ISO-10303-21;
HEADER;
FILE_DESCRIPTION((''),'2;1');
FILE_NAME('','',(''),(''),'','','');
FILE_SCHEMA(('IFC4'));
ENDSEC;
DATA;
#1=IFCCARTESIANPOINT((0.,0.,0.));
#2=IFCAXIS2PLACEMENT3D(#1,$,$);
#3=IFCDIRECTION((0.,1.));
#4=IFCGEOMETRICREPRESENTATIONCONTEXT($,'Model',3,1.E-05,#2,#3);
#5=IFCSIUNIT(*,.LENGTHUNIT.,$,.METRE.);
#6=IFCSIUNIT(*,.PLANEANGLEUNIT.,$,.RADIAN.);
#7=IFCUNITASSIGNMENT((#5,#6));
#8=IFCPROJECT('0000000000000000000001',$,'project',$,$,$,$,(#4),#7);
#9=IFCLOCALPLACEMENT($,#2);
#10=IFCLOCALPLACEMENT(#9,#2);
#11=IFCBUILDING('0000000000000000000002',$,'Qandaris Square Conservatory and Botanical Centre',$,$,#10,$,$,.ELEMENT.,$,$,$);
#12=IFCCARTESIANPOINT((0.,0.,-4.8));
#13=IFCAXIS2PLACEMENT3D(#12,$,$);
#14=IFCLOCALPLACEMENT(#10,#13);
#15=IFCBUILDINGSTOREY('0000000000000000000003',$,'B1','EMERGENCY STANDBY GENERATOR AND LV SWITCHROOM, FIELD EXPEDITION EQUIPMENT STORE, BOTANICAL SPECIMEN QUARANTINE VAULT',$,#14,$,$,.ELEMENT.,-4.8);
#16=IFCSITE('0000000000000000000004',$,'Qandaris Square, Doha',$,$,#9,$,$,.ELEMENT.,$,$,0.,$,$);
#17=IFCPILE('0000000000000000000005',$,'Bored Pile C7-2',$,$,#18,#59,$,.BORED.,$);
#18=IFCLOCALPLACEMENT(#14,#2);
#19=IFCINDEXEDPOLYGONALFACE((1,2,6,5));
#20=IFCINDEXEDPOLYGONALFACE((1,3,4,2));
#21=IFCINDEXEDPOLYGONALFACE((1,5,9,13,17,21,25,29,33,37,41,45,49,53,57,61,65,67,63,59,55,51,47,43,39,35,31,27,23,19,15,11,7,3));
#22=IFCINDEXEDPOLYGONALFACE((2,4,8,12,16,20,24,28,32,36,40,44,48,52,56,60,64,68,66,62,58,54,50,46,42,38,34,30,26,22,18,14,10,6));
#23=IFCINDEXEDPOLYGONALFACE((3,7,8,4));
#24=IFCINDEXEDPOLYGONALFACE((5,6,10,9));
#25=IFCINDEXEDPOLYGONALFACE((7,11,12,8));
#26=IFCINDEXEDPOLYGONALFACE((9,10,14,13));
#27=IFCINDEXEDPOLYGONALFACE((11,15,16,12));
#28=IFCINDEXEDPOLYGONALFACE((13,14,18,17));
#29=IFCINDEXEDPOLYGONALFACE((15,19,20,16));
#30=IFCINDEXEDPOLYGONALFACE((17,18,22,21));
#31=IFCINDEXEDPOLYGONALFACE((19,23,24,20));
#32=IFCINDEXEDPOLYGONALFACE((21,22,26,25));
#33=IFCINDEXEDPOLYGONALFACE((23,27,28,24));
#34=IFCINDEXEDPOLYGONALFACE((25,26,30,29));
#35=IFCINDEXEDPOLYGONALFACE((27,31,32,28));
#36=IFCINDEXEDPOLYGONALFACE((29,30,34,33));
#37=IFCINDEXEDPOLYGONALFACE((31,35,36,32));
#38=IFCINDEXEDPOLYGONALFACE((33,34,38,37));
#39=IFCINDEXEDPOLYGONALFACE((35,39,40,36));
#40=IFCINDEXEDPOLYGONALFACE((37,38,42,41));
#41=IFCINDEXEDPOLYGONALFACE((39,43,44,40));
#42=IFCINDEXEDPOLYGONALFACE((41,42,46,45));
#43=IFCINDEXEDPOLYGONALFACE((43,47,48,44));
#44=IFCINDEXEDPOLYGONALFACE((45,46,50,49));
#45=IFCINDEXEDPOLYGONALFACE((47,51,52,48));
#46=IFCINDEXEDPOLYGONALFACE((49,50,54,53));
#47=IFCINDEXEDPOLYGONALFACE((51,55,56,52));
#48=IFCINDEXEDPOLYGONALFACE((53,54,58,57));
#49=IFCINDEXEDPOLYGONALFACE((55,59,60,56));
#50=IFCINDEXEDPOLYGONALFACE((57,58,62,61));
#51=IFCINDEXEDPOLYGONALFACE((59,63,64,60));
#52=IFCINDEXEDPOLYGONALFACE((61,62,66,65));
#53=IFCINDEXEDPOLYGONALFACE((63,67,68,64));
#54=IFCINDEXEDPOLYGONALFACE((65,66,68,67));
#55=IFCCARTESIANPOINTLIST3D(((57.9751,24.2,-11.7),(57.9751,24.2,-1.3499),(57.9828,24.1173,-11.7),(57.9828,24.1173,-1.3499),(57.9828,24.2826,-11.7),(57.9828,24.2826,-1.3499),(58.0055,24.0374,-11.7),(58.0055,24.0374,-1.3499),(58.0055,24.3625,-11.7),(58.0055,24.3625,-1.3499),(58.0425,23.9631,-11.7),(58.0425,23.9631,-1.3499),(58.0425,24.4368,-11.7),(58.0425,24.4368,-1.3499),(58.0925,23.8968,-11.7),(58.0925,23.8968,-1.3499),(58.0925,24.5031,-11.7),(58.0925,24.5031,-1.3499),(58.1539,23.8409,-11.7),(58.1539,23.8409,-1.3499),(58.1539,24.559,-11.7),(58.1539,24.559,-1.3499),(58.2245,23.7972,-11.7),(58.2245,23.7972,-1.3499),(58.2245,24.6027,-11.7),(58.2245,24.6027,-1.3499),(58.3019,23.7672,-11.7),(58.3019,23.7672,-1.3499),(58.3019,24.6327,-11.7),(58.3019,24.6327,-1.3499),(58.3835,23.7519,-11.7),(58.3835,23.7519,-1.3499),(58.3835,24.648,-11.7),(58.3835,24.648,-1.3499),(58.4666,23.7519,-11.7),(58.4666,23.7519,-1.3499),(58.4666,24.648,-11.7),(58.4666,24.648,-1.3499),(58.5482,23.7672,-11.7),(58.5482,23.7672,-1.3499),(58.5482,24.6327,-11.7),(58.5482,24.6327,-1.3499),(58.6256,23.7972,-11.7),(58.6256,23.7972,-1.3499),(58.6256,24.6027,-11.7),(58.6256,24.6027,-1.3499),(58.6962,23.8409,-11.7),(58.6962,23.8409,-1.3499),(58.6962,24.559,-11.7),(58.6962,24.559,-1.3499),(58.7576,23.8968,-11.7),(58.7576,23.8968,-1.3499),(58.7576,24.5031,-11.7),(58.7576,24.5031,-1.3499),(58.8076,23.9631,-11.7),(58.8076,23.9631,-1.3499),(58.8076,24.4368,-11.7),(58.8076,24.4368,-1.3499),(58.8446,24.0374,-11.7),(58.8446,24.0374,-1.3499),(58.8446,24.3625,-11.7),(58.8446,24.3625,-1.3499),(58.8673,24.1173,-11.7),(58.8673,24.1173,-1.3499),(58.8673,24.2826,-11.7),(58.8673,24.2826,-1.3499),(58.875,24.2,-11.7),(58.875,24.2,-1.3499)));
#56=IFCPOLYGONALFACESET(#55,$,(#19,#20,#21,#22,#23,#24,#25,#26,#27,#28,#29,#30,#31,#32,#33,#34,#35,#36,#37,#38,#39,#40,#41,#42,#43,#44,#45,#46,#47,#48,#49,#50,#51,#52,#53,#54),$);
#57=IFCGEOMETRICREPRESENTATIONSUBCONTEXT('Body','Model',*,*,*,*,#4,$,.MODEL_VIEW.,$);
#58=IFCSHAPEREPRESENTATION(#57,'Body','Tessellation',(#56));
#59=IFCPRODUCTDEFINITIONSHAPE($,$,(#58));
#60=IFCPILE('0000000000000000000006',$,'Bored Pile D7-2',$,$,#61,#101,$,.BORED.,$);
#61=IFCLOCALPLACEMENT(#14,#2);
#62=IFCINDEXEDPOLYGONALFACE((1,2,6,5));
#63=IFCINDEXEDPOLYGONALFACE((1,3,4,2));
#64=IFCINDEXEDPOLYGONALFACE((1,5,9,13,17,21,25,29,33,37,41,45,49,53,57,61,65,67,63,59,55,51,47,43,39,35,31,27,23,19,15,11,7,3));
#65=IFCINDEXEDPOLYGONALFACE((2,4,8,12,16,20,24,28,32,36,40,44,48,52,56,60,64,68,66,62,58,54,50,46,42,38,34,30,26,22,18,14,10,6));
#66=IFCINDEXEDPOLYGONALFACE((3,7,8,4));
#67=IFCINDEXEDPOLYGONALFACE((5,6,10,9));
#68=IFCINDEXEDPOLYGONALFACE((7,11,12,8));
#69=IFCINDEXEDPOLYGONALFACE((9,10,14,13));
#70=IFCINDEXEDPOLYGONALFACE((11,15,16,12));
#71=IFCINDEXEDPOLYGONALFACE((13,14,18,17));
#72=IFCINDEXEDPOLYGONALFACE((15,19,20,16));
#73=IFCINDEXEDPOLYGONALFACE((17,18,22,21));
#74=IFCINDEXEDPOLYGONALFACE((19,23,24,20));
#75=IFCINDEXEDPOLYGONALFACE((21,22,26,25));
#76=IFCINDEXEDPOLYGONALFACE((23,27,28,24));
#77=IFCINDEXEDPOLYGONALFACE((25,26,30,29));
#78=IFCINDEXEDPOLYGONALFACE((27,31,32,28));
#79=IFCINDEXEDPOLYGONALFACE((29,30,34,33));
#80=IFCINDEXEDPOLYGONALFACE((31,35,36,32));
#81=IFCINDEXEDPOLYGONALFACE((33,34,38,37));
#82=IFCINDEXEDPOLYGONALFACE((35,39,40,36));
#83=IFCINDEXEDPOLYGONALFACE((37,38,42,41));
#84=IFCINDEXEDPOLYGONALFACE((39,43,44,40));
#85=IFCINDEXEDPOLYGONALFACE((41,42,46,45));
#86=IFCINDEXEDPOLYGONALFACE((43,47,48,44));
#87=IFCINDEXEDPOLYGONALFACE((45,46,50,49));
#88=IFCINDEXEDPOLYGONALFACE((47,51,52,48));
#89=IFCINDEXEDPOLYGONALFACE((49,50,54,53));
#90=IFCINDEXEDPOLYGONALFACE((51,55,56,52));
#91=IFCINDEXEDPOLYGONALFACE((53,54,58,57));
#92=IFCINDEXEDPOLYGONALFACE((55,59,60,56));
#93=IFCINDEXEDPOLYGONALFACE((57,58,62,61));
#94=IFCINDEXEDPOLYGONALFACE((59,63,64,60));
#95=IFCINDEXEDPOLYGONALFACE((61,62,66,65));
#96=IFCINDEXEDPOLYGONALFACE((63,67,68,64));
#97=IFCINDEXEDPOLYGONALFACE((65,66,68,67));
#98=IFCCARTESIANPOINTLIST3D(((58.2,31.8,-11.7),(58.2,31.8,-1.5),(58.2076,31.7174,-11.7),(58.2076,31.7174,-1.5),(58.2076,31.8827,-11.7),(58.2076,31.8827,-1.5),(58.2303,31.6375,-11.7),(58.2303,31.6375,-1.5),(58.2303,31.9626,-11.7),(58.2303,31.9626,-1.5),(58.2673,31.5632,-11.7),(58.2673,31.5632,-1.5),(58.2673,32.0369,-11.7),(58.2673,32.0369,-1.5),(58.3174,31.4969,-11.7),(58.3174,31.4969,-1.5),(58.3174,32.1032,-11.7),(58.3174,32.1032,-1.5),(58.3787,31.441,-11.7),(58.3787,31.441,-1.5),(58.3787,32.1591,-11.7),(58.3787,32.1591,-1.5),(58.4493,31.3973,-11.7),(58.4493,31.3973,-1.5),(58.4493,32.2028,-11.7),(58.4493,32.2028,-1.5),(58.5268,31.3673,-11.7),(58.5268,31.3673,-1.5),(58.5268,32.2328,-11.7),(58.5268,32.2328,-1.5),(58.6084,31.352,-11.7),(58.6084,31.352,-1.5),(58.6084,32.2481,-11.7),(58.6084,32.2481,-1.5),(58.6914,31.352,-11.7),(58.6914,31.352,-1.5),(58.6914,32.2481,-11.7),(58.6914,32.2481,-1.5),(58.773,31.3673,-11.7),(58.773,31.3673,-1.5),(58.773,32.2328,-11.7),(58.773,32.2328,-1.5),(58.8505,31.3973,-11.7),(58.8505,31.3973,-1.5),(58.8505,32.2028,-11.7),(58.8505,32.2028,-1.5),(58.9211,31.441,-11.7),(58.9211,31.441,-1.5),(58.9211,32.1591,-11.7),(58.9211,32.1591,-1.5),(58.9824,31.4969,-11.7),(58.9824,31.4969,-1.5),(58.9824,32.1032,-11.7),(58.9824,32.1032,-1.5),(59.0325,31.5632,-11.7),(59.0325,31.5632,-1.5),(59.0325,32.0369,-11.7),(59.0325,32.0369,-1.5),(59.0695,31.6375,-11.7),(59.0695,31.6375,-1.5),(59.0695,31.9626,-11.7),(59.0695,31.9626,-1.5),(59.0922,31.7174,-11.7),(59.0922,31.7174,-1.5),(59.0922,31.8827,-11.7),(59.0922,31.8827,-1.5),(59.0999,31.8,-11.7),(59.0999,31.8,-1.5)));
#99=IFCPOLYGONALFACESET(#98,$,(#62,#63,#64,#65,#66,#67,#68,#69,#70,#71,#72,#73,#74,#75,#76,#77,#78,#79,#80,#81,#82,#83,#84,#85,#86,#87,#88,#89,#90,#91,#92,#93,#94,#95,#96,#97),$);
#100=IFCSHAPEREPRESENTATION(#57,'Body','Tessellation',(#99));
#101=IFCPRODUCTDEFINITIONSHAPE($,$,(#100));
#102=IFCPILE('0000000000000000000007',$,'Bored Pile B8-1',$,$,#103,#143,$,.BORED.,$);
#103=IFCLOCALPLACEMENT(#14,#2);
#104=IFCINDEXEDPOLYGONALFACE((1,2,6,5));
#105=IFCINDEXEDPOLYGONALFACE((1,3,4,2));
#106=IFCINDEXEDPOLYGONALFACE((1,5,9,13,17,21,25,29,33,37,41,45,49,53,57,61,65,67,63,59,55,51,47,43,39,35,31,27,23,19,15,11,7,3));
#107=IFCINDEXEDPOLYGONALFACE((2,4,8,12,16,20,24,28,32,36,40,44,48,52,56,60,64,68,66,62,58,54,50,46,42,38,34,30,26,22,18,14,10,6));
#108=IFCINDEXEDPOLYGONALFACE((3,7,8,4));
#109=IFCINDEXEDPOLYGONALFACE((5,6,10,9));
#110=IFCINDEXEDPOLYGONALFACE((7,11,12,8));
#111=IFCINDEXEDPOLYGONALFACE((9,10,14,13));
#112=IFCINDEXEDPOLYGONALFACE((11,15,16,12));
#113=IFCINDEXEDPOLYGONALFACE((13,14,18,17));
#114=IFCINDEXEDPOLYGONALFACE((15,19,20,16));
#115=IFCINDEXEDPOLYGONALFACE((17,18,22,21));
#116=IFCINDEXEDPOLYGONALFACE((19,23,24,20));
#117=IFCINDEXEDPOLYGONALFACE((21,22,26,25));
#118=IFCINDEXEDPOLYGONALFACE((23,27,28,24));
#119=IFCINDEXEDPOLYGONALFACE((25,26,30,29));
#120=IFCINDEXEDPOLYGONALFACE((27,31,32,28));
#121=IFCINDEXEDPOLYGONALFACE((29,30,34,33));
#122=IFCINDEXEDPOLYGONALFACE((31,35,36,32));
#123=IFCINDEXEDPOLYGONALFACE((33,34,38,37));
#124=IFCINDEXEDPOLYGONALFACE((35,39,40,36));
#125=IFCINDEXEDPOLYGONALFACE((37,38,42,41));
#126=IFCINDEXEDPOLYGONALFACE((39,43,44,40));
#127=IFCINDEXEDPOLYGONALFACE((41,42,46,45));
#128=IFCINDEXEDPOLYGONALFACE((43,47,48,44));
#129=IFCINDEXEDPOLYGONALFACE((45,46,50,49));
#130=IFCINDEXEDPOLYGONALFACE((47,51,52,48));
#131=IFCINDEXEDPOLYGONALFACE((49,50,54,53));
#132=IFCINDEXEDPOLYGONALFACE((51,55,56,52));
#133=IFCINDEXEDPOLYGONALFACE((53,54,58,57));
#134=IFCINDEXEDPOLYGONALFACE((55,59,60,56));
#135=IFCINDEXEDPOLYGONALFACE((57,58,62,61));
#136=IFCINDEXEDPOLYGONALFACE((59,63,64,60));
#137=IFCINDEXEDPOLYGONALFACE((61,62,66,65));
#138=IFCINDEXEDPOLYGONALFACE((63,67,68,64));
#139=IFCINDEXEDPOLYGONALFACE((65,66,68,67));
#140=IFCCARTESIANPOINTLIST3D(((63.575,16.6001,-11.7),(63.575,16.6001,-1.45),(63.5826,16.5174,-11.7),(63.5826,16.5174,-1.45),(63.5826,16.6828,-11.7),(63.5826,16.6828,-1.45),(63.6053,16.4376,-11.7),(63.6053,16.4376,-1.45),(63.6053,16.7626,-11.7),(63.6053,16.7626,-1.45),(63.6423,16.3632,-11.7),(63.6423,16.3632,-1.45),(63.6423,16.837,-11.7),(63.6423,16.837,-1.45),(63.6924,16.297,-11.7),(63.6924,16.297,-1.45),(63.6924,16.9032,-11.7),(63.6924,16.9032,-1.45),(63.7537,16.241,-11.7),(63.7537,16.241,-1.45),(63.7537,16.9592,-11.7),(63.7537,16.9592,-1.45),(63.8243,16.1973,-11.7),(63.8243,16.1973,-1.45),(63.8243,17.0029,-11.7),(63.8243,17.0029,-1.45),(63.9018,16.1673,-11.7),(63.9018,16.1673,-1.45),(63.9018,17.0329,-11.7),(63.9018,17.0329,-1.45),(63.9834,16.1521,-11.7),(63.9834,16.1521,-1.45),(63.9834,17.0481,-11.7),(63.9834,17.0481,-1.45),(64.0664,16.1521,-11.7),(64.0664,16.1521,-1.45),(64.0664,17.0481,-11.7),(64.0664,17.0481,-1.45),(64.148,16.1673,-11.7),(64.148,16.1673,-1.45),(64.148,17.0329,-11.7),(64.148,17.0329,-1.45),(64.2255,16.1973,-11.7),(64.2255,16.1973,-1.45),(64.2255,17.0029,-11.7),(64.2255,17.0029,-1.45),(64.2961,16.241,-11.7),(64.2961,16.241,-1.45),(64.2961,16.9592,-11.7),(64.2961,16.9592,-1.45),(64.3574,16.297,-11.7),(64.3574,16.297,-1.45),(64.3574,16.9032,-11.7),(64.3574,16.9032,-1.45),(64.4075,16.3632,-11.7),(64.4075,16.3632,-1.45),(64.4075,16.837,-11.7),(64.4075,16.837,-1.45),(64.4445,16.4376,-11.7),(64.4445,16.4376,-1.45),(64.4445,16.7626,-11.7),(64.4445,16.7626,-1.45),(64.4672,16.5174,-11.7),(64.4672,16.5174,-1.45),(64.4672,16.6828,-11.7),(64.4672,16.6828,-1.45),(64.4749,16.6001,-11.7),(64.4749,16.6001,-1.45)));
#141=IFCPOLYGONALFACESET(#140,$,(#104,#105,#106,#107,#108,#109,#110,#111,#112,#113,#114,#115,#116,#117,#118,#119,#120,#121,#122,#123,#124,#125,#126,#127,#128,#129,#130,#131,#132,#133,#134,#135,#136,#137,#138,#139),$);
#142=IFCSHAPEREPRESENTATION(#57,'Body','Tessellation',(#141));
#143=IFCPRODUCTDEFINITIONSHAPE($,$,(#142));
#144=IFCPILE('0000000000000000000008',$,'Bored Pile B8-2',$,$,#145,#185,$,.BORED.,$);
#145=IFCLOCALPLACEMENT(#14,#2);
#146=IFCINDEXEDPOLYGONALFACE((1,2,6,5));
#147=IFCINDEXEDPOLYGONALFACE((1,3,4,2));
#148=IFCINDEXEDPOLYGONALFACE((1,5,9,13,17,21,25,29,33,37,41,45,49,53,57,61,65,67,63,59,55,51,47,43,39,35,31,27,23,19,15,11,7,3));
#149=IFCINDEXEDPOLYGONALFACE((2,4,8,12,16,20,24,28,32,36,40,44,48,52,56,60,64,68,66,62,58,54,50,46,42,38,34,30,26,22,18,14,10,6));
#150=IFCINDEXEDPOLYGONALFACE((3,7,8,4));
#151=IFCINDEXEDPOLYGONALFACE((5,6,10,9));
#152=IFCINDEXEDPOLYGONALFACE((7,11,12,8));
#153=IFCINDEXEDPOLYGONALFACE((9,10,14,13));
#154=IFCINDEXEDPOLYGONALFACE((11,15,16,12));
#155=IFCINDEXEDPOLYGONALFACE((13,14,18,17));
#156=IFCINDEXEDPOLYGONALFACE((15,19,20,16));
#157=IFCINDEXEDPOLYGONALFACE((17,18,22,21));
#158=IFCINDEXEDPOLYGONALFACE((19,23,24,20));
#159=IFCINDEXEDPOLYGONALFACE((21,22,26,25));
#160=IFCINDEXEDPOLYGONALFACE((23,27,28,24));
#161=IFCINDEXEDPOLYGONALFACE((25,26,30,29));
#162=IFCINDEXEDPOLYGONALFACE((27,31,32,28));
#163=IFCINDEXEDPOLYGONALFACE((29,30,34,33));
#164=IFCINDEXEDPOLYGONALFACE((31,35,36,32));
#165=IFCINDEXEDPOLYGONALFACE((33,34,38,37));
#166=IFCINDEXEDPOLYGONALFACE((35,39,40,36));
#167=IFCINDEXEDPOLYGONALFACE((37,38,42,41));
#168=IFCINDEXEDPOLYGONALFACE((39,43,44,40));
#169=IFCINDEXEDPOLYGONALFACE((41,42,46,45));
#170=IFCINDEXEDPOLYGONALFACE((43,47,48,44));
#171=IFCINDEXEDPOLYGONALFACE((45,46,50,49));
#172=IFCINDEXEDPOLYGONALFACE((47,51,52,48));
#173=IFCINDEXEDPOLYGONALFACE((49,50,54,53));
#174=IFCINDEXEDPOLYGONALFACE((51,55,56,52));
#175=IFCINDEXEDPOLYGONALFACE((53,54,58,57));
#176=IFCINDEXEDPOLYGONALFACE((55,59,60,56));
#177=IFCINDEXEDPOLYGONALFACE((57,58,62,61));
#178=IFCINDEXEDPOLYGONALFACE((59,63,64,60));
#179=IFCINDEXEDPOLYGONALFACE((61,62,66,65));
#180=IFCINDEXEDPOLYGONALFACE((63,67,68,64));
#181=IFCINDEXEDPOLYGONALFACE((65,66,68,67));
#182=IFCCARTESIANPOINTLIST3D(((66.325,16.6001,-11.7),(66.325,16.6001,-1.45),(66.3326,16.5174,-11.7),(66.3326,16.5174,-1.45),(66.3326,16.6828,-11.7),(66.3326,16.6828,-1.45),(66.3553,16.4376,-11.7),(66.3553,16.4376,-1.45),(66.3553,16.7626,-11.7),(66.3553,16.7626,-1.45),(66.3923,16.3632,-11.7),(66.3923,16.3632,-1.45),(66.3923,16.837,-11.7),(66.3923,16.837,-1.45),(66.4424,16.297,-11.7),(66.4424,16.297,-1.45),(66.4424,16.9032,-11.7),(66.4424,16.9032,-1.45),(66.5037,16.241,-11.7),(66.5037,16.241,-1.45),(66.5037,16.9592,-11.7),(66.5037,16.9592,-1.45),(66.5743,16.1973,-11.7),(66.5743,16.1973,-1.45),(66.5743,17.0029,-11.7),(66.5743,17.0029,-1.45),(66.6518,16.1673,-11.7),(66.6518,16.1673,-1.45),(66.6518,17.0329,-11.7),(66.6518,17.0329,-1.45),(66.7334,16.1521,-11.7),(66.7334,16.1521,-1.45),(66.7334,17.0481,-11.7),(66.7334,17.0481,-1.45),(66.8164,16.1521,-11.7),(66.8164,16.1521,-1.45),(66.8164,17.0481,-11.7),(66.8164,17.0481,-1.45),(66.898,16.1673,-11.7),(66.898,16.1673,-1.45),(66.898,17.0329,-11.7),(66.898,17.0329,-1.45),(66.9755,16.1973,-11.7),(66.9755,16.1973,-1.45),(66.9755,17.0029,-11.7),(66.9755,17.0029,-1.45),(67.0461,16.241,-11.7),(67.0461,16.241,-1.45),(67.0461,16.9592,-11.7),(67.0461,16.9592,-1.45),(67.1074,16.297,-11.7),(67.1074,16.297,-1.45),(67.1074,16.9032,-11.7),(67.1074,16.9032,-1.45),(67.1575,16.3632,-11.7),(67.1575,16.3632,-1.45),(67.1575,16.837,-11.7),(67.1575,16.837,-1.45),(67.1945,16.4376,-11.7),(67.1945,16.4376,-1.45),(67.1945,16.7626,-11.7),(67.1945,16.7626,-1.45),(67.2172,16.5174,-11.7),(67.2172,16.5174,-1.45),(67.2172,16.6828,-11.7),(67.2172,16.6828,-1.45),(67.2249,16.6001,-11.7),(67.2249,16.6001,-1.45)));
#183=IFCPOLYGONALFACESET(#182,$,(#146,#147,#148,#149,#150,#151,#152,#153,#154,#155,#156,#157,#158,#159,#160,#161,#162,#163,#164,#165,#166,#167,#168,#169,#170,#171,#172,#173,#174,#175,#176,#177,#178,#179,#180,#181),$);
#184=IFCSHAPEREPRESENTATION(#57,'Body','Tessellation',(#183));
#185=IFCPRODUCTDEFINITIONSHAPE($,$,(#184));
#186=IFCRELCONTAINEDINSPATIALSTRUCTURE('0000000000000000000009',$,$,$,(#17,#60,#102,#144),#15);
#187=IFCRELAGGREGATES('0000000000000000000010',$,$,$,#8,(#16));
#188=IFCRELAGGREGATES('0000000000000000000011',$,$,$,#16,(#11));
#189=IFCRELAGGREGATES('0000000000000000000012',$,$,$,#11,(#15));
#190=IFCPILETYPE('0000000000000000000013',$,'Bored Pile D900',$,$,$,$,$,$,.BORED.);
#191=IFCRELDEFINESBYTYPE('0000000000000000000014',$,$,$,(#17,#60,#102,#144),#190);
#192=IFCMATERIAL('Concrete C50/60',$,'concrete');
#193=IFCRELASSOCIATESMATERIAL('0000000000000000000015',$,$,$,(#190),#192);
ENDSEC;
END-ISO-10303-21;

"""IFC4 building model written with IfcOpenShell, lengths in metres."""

from ifc_helpers import new_model, si_unit, direction, frame, origin, origin_2d, place, context, subcontext, project, spatial, circle, extrude, material, material_profile, profile_set, type_object, element, save


model = new_model("IFC4")

# Units and contexts
model_context = context("Model", 3, precision=1e-05, world=origin(), true_north=direction((0.0, 1.0)))
body_context = subcontext(model_context, "Body", "Model", "MODEL_VIEW")
ifc_project = project(units=[si_unit("LENGTHUNIT", "METRE"), si_unit("PLANEANGLEUNIT", "RADIAN")], contexts=[model_context])

# Site, building, storey
site_placement = place(None, origin())
site = spatial("IfcSite", under=ifc_project, at=site_placement, Name="Qandaris Square, Doha", CompositionType="ELEMENT", RefElevation=0.0)
building_placement = place(site_placement, origin())
building = spatial("IfcBuilding", under=site, at=building_placement, Name="Qandaris Square Conservatory and Botanical Centre", CompositionType="ELEMENT")
storey_placement = place(building_placement, frame((0.0, 0.0, -4.8)))
storey = spatial("IfcBuildingStorey", under=building, at=storey_placement, Name="B1", Description="EMERGENCY STANDBY GENERATOR AND LV SWITCHROOM, FIELD EXPEDITION EQUIPMENT STORE, BOTANICAL SPECIMEN QUARANTINE VAULT", CompositionType="ELEMENT", Elevation=-4.8)

# Piles
ifc_material_1 = material(Name="Concrete C50/60", Category="concrete")
ifc_material_profile_1 = material_profile(ifc_material_1, circle(Radius=0.45, at=origin_2d()), Name="PILE D900")
ifc_profile_set_1 = profile_set([ifc_material_profile_1], Name="Concrete C50/60")
pile_type = type_object("IfcPileType", Name="Bored Pile D900", PredefinedType="BORED", material=ifc_profile_set_1)
pile_1_placement = place(storey_placement, frame((58.425, 24.2, -1.3499), z_axis=(0.0, 0.0, -1.0), x_axis=(1.0, 0.0, 0.0)))
element("IfcPile", 1, at=pile_1_placement, inside=storey, type_object=pile_type, Name="Bored Pile C7-2", PredefinedType="BORED", context=body_context, shape_type="SweptSolid", body=[
    extrude(circle(Radius=0.45, at=origin_2d()), origin(), (0.0, 0.0, 1.0), 10.3501),
])
pile_2_placement = place(storey_placement, frame((58.6499, 31.8, -1.5), z_axis=(0.0, 0.0, -1.0), x_axis=(1.0, 0.0, 0.0)))
element("IfcPile", 2, at=pile_2_placement, inside=storey, type_object=pile_type, Name="Bored Pile D7-2", PredefinedType="BORED", context=body_context, shape_type="SweptSolid", body=[
    extrude(circle(Radius=0.45, at=origin_2d()), origin(), (0.0, 0.0, 1.0), 10.2),
])
for number, where, z_axis, x_axis, name in (
    (3, (64.0249, 16.6001, -1.45), (0.0, 0.0, -1.0), (1.0, 0.0, 0.0), "Bored Pile B8-1"),
    (4, (66.7749, 16.6001, -1.45), (0.0, 0.0, -1.0), (1.0, 0.0, 0.0), "Bored Pile B8-2"),
):
    element("IfcPile", number, at=place(storey_placement, frame(where, z_axis=z_axis, x_axis=x_axis)), inside=storey, type_object=pile_type, Name=name, PredefinedType="BORED", context=body_context, shape_type="SweptSolid", body=[
        extrude(circle(Radius=0.45, at=origin_2d()), origin(), (0.0, 0.0, 1.0), 10.25),
    ])

save(model, "model.ifc")
